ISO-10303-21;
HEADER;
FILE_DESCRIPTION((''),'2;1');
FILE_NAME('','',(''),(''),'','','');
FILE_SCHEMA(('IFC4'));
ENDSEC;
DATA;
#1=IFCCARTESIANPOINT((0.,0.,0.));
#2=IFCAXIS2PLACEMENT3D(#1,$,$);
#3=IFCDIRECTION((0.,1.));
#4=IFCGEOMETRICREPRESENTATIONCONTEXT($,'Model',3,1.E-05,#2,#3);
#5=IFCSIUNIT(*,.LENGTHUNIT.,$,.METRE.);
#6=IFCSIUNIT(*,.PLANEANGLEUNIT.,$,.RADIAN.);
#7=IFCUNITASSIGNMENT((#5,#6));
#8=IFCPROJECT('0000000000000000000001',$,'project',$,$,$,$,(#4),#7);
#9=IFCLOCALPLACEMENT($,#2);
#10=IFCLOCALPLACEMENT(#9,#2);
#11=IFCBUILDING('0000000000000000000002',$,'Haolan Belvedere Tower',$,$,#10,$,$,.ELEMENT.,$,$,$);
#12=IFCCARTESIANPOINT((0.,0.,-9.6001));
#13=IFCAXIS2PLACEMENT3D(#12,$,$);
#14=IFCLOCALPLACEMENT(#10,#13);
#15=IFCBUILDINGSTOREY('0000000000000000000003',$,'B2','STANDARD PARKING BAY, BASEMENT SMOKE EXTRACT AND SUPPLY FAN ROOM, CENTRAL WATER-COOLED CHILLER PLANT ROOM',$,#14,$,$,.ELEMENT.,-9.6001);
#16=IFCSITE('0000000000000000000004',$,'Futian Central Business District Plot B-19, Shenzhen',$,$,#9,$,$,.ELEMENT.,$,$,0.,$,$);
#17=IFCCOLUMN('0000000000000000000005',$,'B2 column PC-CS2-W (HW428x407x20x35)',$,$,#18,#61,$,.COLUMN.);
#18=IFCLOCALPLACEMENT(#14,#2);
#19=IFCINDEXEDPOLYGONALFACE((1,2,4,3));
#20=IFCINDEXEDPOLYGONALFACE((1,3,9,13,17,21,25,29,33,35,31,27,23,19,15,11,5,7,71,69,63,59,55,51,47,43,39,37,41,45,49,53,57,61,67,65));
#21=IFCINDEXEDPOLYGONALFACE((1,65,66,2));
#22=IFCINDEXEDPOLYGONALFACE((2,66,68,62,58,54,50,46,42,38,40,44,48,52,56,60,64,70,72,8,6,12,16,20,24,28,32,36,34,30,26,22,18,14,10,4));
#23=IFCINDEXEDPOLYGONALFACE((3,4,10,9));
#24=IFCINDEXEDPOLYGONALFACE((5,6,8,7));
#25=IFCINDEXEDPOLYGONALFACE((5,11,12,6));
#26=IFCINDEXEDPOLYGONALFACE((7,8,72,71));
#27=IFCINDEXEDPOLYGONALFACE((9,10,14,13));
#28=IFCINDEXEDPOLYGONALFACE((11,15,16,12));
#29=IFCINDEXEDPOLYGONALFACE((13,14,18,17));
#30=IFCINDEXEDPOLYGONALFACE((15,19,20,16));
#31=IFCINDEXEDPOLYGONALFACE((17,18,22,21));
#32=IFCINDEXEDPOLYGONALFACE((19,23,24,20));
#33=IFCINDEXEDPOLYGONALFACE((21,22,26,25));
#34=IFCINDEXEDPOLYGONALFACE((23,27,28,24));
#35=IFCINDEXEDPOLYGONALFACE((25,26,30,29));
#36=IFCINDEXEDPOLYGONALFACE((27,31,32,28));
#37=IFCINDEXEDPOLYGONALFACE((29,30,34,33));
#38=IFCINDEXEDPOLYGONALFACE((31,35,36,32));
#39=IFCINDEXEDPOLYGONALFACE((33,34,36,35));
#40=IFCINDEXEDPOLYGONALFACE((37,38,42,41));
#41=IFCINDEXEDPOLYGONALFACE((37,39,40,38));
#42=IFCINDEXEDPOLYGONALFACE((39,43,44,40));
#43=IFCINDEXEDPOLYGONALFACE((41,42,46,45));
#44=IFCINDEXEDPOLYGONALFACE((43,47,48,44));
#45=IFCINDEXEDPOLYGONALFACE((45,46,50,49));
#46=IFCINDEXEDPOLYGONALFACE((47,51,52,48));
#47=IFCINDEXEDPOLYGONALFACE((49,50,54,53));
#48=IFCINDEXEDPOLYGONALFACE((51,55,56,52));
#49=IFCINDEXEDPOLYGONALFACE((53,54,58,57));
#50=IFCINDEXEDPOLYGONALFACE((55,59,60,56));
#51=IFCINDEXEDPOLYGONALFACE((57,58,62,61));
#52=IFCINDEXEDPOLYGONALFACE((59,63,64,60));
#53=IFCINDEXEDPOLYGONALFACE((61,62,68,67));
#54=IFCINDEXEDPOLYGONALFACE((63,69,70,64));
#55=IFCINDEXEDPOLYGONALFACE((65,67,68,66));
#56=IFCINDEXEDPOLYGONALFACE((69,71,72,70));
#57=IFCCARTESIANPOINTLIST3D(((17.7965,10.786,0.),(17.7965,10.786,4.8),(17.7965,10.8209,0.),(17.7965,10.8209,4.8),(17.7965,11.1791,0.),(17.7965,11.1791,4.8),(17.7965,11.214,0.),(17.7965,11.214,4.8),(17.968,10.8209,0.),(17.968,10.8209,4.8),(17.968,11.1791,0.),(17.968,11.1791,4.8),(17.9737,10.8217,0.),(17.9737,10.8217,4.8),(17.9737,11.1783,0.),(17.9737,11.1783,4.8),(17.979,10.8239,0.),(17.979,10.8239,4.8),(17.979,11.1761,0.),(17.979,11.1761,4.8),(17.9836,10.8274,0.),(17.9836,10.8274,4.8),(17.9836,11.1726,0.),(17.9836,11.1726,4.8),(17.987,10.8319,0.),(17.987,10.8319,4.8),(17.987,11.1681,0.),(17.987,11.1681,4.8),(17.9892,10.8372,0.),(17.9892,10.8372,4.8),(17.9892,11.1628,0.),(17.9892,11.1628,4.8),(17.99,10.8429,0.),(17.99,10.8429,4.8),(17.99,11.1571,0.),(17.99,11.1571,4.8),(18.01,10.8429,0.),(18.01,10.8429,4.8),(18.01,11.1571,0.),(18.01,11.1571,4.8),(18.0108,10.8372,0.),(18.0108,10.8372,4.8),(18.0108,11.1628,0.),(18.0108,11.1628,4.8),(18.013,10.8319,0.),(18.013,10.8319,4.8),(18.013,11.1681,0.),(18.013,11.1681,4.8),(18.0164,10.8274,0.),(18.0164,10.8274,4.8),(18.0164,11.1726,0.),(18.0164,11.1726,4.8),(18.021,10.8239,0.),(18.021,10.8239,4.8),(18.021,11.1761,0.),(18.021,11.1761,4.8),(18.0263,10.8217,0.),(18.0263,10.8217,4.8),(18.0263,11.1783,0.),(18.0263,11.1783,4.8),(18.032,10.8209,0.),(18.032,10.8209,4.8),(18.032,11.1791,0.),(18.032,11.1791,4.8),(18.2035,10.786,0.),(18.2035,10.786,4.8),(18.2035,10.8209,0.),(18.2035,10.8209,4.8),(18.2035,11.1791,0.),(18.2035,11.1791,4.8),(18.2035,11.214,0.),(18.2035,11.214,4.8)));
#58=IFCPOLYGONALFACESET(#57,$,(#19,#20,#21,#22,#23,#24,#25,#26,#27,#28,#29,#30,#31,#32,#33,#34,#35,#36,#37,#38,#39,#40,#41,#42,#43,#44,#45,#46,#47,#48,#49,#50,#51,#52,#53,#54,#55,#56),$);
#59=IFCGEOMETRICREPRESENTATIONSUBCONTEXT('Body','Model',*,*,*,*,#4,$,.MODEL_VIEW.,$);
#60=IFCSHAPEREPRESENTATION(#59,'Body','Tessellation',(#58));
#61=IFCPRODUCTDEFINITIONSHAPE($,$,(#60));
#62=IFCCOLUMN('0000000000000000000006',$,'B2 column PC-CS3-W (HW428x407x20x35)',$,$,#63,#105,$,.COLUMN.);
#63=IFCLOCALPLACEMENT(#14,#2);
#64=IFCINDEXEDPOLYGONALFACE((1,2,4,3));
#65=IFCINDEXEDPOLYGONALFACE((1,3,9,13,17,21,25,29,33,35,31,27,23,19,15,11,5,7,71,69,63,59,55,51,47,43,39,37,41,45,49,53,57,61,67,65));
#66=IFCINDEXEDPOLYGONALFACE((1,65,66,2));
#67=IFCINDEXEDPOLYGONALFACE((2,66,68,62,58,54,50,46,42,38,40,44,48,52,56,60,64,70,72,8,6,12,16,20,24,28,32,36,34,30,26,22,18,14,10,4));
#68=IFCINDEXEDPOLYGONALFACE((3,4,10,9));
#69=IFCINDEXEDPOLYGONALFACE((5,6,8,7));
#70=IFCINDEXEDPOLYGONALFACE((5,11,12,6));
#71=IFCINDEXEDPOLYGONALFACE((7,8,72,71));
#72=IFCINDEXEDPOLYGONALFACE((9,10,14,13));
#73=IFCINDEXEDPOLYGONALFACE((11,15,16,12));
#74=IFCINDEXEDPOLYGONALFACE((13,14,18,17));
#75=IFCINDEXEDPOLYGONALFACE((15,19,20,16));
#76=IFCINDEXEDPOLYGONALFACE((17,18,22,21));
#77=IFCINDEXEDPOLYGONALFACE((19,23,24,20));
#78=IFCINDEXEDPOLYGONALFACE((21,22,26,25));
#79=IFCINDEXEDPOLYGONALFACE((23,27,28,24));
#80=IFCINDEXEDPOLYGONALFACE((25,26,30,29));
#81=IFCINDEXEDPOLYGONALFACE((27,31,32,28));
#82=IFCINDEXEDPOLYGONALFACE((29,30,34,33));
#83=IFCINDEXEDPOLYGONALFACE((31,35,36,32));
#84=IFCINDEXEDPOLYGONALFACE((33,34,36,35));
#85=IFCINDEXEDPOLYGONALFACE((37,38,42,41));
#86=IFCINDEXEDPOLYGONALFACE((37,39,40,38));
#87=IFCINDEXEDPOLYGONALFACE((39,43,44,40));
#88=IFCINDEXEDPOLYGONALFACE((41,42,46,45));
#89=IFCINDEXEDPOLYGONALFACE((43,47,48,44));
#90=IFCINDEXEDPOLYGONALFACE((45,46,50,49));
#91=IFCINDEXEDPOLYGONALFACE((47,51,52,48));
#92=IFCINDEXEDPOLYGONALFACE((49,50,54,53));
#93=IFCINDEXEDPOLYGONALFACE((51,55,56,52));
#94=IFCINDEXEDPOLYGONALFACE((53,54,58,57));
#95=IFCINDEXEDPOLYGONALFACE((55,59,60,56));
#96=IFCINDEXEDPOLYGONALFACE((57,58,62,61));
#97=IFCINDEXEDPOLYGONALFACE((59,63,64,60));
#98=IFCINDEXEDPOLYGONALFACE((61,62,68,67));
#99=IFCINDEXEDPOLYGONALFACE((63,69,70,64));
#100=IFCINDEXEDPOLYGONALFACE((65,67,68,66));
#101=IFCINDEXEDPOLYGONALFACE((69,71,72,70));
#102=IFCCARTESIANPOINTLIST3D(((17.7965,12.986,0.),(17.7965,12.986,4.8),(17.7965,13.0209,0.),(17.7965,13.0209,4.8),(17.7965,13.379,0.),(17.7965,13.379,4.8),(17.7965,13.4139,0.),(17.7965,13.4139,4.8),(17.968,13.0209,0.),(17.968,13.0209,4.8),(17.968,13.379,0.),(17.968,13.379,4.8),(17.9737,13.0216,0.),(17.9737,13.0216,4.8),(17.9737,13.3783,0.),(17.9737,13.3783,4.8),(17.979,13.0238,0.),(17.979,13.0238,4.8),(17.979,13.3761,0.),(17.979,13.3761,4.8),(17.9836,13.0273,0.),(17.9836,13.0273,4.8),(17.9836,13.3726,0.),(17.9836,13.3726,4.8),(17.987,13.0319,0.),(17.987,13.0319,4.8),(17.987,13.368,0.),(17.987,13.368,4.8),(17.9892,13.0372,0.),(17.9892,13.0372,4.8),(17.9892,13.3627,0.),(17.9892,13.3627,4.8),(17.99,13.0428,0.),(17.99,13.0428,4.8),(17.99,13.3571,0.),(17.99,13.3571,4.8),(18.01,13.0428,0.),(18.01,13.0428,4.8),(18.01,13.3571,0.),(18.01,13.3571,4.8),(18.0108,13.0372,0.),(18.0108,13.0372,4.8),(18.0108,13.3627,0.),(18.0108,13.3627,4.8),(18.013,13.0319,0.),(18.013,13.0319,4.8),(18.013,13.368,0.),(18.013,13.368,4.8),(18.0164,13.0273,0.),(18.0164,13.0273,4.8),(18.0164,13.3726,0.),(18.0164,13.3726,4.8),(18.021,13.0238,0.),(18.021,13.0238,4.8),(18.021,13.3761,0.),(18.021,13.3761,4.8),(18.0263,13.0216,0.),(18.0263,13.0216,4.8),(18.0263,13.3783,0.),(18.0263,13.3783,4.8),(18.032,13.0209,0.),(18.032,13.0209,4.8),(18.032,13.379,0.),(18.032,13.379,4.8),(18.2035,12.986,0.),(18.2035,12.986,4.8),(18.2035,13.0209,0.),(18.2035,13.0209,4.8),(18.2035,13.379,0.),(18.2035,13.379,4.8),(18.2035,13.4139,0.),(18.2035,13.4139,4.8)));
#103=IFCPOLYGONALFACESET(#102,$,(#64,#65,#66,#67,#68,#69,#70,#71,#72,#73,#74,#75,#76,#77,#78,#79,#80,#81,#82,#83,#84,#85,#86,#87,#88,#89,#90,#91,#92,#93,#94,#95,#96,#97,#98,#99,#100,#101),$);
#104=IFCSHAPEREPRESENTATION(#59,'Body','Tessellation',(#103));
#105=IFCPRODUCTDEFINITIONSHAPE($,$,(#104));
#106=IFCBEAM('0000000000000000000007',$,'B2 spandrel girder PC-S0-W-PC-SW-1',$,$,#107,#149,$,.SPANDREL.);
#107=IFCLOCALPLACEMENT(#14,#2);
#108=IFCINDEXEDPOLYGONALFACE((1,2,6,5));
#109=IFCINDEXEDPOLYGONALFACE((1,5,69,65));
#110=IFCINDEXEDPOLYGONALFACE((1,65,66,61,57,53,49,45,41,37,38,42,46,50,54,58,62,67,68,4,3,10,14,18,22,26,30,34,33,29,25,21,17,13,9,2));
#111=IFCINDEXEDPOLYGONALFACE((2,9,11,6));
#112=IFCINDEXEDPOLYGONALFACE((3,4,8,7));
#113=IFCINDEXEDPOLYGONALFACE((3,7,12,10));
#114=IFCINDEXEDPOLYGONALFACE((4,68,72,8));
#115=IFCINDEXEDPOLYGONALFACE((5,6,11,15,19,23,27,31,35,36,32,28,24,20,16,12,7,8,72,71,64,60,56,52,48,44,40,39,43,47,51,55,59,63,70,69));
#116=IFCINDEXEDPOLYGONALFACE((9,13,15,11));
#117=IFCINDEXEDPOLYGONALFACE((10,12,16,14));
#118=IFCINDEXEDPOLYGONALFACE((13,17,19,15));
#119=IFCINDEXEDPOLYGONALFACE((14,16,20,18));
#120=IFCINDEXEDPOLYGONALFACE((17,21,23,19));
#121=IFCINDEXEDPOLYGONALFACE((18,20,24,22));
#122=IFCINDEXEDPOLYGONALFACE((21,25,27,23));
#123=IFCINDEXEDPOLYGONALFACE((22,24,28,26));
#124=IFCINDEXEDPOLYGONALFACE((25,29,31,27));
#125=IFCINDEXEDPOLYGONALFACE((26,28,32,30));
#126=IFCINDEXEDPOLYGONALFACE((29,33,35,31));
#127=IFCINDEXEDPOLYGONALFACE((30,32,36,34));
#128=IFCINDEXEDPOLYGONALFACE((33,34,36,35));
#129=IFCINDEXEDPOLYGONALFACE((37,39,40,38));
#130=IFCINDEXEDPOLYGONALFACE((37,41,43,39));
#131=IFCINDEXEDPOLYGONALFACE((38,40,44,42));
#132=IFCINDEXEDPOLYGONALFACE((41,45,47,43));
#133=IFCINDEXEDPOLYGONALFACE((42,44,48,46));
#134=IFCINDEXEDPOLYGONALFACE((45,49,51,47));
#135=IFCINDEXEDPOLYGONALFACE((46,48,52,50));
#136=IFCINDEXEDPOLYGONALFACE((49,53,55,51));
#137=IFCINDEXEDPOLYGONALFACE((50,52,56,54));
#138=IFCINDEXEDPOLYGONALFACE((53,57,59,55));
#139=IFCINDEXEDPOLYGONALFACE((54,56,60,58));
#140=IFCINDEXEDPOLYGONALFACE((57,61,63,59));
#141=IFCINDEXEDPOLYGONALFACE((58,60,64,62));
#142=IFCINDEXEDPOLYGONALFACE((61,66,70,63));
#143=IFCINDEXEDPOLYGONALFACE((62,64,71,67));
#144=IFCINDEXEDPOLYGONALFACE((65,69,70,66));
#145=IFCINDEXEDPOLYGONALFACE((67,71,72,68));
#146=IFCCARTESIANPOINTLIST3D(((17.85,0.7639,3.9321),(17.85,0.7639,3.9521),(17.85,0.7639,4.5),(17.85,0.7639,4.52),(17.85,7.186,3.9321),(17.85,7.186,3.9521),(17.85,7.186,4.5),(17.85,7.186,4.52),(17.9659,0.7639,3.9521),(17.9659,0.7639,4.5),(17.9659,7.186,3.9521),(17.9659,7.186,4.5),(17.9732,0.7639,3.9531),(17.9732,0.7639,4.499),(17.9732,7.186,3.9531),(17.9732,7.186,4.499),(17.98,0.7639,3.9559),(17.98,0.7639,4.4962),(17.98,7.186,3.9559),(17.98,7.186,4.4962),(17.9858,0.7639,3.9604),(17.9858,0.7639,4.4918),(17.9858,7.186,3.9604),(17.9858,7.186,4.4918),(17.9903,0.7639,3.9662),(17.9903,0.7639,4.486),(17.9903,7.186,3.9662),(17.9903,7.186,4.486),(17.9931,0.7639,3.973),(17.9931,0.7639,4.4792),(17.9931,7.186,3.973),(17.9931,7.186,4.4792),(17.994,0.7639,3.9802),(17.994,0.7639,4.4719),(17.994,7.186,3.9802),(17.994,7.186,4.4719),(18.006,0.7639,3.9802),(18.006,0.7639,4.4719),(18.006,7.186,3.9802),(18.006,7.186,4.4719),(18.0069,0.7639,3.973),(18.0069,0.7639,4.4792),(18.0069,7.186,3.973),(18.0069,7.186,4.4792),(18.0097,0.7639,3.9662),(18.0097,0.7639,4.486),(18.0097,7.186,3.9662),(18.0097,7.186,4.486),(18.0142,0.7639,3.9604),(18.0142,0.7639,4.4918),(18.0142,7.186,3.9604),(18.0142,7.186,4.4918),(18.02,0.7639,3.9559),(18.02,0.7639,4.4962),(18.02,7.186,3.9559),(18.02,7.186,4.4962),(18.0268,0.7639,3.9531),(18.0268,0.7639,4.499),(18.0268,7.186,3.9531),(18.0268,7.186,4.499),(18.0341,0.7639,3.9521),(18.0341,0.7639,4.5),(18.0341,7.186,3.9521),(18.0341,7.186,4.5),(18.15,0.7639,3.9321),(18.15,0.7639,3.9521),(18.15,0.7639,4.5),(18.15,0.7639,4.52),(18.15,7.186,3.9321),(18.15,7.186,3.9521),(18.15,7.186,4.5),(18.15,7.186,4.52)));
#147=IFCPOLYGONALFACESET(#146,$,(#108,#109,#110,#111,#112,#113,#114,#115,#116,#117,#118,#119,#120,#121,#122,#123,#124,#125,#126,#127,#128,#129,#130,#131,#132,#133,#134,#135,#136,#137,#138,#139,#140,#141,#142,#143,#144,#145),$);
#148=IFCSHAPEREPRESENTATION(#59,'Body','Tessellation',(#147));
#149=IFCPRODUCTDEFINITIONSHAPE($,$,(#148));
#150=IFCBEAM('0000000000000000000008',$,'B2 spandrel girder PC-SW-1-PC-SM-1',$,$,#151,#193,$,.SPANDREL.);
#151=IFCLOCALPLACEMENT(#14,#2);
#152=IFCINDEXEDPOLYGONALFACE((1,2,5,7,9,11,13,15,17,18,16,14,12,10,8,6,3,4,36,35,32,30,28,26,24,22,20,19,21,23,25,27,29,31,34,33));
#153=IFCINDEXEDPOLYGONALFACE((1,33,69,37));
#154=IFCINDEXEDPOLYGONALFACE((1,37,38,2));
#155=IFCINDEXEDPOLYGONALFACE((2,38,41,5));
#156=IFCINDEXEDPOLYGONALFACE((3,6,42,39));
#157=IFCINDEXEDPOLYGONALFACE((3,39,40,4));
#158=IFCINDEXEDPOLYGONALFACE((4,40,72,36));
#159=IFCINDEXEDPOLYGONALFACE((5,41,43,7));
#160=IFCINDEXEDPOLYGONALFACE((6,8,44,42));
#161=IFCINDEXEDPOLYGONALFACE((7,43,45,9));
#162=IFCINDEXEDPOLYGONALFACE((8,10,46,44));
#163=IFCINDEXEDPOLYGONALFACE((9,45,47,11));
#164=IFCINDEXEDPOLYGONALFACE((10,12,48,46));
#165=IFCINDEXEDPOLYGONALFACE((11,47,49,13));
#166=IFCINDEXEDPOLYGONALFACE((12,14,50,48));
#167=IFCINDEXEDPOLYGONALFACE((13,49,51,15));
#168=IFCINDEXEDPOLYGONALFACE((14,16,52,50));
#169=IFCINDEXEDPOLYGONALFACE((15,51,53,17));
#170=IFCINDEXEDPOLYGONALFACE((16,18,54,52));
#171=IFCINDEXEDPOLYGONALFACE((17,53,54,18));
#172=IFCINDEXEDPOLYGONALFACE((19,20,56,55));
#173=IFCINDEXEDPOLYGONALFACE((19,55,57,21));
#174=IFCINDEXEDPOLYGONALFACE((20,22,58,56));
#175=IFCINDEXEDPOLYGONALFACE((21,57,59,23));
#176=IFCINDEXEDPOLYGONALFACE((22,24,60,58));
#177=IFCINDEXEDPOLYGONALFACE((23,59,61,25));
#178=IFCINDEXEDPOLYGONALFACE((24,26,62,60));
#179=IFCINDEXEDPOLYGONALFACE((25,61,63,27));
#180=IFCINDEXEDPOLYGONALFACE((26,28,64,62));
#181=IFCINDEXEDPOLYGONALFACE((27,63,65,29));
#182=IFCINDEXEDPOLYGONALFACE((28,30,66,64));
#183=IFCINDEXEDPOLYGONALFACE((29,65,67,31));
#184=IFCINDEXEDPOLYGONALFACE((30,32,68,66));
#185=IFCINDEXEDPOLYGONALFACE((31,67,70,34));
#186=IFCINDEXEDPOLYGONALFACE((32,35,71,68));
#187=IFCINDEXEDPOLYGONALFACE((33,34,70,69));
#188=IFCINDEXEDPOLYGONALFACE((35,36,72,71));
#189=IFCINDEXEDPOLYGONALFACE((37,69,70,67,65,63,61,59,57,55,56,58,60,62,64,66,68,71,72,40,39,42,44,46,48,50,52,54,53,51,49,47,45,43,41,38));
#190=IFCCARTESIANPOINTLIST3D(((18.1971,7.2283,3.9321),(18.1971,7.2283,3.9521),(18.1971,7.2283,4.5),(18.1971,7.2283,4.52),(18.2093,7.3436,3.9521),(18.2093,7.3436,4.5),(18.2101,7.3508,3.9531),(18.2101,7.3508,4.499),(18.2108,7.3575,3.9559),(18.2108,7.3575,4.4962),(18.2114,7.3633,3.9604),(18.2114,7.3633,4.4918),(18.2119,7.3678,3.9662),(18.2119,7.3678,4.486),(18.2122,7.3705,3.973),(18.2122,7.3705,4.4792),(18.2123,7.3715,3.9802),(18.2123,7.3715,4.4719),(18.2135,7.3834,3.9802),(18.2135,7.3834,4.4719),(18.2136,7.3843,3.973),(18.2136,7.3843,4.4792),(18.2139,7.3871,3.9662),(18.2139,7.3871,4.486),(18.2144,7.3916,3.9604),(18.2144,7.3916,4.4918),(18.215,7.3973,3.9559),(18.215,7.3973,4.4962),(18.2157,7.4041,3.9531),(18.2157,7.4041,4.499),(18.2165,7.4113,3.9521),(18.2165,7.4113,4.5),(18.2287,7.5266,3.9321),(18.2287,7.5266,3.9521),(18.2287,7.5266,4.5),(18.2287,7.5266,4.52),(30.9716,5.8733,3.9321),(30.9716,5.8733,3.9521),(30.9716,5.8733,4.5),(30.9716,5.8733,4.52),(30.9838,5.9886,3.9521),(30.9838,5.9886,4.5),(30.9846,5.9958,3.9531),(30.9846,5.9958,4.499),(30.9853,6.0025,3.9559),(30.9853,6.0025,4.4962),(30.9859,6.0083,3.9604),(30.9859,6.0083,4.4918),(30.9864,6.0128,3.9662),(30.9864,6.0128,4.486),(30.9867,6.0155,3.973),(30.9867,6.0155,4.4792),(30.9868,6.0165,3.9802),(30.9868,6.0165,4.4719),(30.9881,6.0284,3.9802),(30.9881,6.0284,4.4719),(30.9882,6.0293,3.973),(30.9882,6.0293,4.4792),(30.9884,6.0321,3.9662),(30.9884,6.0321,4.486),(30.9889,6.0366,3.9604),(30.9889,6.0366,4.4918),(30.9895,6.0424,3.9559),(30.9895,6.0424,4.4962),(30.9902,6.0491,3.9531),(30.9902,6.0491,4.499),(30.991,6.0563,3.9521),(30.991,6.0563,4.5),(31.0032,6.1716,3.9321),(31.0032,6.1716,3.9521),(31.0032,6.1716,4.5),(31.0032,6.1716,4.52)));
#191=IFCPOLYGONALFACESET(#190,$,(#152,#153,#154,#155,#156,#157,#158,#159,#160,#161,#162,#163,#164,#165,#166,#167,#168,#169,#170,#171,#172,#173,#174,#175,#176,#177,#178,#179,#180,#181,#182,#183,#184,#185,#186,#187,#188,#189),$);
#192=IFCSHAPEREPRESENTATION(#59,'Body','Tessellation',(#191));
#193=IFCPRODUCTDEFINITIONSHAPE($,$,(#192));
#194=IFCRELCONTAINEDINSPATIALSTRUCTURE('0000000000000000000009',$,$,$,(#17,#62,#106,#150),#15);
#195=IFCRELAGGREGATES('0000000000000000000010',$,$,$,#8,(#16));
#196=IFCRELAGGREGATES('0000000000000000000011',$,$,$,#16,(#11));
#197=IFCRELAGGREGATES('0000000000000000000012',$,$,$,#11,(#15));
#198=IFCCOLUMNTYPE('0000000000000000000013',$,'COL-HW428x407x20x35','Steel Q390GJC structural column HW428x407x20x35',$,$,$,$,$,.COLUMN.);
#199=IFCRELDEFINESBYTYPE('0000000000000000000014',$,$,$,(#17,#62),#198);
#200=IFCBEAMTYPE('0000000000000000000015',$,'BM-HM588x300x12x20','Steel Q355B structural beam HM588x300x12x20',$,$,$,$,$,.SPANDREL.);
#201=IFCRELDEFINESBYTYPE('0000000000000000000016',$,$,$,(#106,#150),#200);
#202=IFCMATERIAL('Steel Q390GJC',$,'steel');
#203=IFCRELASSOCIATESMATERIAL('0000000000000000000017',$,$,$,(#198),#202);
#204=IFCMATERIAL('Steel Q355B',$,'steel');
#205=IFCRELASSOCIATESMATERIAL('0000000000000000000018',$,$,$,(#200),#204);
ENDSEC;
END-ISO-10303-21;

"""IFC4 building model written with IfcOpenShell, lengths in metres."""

from ifc_helpers import new_model, si_unit, direction, frame, origin, origin_2d, place, context, subcontext, project, spatial, i_section, extrude, material, material_profile, profile_set, type_object, element, save


model = new_model("IFC4")

# Units and contexts
model_context = context("Model", 3, precision=1e-05, world=origin(), true_north=direction((0.0, 1.0)))
body_context = subcontext(model_context, "Body", "Model", "MODEL_VIEW")
ifc_project = project(units=[si_unit("LENGTHUNIT", "METRE"), si_unit("PLANEANGLEUNIT", "RADIAN")], contexts=[model_context])

# Site, building, storey
site_placement = place(None, origin())
site = spatial("IfcSite", under=ifc_project, at=site_placement, Name="Futian Central Business District Plot B-19, Shenzhen", CompositionType="ELEMENT", RefElevation=0.0)
building_placement = place(site_placement, origin())
building = spatial("IfcBuilding", under=site, at=building_placement, Name="Haolan Belvedere Tower", CompositionType="ELEMENT")
storey_placement = place(building_placement, frame((0.0, 0.0, -9.6001)))
storey = spatial("IfcBuildingStorey", under=building, at=storey_placement, Name="B2", Description="STANDARD PARKING BAY, BASEMENT SMOKE EXTRACT AND SUPPLY FAN ROOM, CENTRAL WATER-COOLED CHILLER PLANT ROOM", CompositionType="ELEMENT", Elevation=-9.6001)

# Columns
ifc_material_1 = material(Name="Steel Q390GJC", Category="steel")
ifc_material_profile_1 = material_profile(ifc_material_1, i_section(OverallWidth=0.407, OverallDepth=0.428, WebThickness=0.02, FlangeThickness=0.0349, FilletRadius=0.022, at=origin_2d()), Name="Steel Q390GJC")
ifc_profile_set_1 = profile_set([ifc_material_profile_1], Name="Steel Q390GJC")
column_type = type_object("IfcColumnType", Name="COL-HW428x407x20x35", Description="Steel Q390GJC structural column HW428x407x20x35", PredefinedType="COLUMN", material=ifc_profile_set_1)
for number, where, z_axis, x_axis, name in (
    (1, (18.0, 11.0, 0.0), (0.0, 0.0, 1.0), (1.0, 0.0, 0.0), "B2 column PC-CS2-W (HW428x407x20x35)"),
    (2, (18.0, 13.2, 0.0), (0.0, 0.0, 1.0), (1.0, 0.0, 0.0), "B2 column PC-CS3-W (HW428x407x20x35)"),
):
    element("IfcColumn", number, at=place(storey_placement, frame(where, z_axis=z_axis, x_axis=x_axis)), inside=storey, type_object=column_type, Name=name, PredefinedType="COLUMN", context=body_context, shape_type="SweptSolid", body=[
        extrude(i_section(OverallWidth=0.407, OverallDepth=0.428, WebThickness=0.02, FlangeThickness=0.0349, FilletRadius=0.022, at=origin_2d()), origin(), (0.0, 0.0, 1.0), 4.8),
    ])

# Beams
ifc_material_2 = material(Name="Steel Q355B", Category="steel")
ifc_material_profile_2 = material_profile(ifc_material_2, i_section(OverallWidth=0.3, OverallDepth=0.5879, WebThickness=0.012, FlangeThickness=0.02, FilletRadius=0.0281, at=origin_2d()), Name="Steel Q355B")
ifc_profile_set_2 = profile_set([ifc_material_profile_2], Name="Steel Q355B")
beam_type = type_object("IfcBeamType", Name="BM-HM588x300x12x20", Description="Steel Q355B structural beam HM588x300x12x20", PredefinedType="SPANDREL", material=ifc_profile_set_2)
beam_1_placement = place(storey_placement, frame((18.0, 0.7639, 4.2261), z_axis=(0.0, 1.0, 0.0), x_axis=(-1.0, 0.0, 0.0)))
element("IfcBeam", 3, at=beam_1_placement, inside=storey, type_object=beam_type, Name="B2 spandrel girder PC-S0-W-PC-SW-1", PredefinedType="SPANDREL", context=body_context, shape_type="SweptSolid", body=[
    extrude(i_section(OverallWidth=0.3, OverallDepth=0.5879, WebThickness=0.012, FlangeThickness=0.02, FilletRadius=0.0281, at=origin_2d()), origin(), (0.0, 0.0, 1.0), 6.4221),
])
beam_2_placement = place(storey_placement, frame((18.2129, 7.3774, 4.2261), z_axis=(0.994422, -0.105478, 0.0), x_axis=(0.105478, 0.994422, 0.0)))
element("IfcBeam", 4, at=beam_2_placement, inside=storey, type_object=beam_type, Name="B2 spandrel girder PC-SW-1-PC-SM-1", PredefinedType="SPANDREL", context=body_context, shape_type="SweptSolid", body=[
    extrude(i_section(OverallWidth=0.3, OverallDepth=0.5879, WebThickness=0.012, FlangeThickness=0.02, FilletRadius=0.0281, at=origin_2d()), origin(), (0.0, 0.0, 1.0), 12.8462),
])

save(model, "model.ifc")
